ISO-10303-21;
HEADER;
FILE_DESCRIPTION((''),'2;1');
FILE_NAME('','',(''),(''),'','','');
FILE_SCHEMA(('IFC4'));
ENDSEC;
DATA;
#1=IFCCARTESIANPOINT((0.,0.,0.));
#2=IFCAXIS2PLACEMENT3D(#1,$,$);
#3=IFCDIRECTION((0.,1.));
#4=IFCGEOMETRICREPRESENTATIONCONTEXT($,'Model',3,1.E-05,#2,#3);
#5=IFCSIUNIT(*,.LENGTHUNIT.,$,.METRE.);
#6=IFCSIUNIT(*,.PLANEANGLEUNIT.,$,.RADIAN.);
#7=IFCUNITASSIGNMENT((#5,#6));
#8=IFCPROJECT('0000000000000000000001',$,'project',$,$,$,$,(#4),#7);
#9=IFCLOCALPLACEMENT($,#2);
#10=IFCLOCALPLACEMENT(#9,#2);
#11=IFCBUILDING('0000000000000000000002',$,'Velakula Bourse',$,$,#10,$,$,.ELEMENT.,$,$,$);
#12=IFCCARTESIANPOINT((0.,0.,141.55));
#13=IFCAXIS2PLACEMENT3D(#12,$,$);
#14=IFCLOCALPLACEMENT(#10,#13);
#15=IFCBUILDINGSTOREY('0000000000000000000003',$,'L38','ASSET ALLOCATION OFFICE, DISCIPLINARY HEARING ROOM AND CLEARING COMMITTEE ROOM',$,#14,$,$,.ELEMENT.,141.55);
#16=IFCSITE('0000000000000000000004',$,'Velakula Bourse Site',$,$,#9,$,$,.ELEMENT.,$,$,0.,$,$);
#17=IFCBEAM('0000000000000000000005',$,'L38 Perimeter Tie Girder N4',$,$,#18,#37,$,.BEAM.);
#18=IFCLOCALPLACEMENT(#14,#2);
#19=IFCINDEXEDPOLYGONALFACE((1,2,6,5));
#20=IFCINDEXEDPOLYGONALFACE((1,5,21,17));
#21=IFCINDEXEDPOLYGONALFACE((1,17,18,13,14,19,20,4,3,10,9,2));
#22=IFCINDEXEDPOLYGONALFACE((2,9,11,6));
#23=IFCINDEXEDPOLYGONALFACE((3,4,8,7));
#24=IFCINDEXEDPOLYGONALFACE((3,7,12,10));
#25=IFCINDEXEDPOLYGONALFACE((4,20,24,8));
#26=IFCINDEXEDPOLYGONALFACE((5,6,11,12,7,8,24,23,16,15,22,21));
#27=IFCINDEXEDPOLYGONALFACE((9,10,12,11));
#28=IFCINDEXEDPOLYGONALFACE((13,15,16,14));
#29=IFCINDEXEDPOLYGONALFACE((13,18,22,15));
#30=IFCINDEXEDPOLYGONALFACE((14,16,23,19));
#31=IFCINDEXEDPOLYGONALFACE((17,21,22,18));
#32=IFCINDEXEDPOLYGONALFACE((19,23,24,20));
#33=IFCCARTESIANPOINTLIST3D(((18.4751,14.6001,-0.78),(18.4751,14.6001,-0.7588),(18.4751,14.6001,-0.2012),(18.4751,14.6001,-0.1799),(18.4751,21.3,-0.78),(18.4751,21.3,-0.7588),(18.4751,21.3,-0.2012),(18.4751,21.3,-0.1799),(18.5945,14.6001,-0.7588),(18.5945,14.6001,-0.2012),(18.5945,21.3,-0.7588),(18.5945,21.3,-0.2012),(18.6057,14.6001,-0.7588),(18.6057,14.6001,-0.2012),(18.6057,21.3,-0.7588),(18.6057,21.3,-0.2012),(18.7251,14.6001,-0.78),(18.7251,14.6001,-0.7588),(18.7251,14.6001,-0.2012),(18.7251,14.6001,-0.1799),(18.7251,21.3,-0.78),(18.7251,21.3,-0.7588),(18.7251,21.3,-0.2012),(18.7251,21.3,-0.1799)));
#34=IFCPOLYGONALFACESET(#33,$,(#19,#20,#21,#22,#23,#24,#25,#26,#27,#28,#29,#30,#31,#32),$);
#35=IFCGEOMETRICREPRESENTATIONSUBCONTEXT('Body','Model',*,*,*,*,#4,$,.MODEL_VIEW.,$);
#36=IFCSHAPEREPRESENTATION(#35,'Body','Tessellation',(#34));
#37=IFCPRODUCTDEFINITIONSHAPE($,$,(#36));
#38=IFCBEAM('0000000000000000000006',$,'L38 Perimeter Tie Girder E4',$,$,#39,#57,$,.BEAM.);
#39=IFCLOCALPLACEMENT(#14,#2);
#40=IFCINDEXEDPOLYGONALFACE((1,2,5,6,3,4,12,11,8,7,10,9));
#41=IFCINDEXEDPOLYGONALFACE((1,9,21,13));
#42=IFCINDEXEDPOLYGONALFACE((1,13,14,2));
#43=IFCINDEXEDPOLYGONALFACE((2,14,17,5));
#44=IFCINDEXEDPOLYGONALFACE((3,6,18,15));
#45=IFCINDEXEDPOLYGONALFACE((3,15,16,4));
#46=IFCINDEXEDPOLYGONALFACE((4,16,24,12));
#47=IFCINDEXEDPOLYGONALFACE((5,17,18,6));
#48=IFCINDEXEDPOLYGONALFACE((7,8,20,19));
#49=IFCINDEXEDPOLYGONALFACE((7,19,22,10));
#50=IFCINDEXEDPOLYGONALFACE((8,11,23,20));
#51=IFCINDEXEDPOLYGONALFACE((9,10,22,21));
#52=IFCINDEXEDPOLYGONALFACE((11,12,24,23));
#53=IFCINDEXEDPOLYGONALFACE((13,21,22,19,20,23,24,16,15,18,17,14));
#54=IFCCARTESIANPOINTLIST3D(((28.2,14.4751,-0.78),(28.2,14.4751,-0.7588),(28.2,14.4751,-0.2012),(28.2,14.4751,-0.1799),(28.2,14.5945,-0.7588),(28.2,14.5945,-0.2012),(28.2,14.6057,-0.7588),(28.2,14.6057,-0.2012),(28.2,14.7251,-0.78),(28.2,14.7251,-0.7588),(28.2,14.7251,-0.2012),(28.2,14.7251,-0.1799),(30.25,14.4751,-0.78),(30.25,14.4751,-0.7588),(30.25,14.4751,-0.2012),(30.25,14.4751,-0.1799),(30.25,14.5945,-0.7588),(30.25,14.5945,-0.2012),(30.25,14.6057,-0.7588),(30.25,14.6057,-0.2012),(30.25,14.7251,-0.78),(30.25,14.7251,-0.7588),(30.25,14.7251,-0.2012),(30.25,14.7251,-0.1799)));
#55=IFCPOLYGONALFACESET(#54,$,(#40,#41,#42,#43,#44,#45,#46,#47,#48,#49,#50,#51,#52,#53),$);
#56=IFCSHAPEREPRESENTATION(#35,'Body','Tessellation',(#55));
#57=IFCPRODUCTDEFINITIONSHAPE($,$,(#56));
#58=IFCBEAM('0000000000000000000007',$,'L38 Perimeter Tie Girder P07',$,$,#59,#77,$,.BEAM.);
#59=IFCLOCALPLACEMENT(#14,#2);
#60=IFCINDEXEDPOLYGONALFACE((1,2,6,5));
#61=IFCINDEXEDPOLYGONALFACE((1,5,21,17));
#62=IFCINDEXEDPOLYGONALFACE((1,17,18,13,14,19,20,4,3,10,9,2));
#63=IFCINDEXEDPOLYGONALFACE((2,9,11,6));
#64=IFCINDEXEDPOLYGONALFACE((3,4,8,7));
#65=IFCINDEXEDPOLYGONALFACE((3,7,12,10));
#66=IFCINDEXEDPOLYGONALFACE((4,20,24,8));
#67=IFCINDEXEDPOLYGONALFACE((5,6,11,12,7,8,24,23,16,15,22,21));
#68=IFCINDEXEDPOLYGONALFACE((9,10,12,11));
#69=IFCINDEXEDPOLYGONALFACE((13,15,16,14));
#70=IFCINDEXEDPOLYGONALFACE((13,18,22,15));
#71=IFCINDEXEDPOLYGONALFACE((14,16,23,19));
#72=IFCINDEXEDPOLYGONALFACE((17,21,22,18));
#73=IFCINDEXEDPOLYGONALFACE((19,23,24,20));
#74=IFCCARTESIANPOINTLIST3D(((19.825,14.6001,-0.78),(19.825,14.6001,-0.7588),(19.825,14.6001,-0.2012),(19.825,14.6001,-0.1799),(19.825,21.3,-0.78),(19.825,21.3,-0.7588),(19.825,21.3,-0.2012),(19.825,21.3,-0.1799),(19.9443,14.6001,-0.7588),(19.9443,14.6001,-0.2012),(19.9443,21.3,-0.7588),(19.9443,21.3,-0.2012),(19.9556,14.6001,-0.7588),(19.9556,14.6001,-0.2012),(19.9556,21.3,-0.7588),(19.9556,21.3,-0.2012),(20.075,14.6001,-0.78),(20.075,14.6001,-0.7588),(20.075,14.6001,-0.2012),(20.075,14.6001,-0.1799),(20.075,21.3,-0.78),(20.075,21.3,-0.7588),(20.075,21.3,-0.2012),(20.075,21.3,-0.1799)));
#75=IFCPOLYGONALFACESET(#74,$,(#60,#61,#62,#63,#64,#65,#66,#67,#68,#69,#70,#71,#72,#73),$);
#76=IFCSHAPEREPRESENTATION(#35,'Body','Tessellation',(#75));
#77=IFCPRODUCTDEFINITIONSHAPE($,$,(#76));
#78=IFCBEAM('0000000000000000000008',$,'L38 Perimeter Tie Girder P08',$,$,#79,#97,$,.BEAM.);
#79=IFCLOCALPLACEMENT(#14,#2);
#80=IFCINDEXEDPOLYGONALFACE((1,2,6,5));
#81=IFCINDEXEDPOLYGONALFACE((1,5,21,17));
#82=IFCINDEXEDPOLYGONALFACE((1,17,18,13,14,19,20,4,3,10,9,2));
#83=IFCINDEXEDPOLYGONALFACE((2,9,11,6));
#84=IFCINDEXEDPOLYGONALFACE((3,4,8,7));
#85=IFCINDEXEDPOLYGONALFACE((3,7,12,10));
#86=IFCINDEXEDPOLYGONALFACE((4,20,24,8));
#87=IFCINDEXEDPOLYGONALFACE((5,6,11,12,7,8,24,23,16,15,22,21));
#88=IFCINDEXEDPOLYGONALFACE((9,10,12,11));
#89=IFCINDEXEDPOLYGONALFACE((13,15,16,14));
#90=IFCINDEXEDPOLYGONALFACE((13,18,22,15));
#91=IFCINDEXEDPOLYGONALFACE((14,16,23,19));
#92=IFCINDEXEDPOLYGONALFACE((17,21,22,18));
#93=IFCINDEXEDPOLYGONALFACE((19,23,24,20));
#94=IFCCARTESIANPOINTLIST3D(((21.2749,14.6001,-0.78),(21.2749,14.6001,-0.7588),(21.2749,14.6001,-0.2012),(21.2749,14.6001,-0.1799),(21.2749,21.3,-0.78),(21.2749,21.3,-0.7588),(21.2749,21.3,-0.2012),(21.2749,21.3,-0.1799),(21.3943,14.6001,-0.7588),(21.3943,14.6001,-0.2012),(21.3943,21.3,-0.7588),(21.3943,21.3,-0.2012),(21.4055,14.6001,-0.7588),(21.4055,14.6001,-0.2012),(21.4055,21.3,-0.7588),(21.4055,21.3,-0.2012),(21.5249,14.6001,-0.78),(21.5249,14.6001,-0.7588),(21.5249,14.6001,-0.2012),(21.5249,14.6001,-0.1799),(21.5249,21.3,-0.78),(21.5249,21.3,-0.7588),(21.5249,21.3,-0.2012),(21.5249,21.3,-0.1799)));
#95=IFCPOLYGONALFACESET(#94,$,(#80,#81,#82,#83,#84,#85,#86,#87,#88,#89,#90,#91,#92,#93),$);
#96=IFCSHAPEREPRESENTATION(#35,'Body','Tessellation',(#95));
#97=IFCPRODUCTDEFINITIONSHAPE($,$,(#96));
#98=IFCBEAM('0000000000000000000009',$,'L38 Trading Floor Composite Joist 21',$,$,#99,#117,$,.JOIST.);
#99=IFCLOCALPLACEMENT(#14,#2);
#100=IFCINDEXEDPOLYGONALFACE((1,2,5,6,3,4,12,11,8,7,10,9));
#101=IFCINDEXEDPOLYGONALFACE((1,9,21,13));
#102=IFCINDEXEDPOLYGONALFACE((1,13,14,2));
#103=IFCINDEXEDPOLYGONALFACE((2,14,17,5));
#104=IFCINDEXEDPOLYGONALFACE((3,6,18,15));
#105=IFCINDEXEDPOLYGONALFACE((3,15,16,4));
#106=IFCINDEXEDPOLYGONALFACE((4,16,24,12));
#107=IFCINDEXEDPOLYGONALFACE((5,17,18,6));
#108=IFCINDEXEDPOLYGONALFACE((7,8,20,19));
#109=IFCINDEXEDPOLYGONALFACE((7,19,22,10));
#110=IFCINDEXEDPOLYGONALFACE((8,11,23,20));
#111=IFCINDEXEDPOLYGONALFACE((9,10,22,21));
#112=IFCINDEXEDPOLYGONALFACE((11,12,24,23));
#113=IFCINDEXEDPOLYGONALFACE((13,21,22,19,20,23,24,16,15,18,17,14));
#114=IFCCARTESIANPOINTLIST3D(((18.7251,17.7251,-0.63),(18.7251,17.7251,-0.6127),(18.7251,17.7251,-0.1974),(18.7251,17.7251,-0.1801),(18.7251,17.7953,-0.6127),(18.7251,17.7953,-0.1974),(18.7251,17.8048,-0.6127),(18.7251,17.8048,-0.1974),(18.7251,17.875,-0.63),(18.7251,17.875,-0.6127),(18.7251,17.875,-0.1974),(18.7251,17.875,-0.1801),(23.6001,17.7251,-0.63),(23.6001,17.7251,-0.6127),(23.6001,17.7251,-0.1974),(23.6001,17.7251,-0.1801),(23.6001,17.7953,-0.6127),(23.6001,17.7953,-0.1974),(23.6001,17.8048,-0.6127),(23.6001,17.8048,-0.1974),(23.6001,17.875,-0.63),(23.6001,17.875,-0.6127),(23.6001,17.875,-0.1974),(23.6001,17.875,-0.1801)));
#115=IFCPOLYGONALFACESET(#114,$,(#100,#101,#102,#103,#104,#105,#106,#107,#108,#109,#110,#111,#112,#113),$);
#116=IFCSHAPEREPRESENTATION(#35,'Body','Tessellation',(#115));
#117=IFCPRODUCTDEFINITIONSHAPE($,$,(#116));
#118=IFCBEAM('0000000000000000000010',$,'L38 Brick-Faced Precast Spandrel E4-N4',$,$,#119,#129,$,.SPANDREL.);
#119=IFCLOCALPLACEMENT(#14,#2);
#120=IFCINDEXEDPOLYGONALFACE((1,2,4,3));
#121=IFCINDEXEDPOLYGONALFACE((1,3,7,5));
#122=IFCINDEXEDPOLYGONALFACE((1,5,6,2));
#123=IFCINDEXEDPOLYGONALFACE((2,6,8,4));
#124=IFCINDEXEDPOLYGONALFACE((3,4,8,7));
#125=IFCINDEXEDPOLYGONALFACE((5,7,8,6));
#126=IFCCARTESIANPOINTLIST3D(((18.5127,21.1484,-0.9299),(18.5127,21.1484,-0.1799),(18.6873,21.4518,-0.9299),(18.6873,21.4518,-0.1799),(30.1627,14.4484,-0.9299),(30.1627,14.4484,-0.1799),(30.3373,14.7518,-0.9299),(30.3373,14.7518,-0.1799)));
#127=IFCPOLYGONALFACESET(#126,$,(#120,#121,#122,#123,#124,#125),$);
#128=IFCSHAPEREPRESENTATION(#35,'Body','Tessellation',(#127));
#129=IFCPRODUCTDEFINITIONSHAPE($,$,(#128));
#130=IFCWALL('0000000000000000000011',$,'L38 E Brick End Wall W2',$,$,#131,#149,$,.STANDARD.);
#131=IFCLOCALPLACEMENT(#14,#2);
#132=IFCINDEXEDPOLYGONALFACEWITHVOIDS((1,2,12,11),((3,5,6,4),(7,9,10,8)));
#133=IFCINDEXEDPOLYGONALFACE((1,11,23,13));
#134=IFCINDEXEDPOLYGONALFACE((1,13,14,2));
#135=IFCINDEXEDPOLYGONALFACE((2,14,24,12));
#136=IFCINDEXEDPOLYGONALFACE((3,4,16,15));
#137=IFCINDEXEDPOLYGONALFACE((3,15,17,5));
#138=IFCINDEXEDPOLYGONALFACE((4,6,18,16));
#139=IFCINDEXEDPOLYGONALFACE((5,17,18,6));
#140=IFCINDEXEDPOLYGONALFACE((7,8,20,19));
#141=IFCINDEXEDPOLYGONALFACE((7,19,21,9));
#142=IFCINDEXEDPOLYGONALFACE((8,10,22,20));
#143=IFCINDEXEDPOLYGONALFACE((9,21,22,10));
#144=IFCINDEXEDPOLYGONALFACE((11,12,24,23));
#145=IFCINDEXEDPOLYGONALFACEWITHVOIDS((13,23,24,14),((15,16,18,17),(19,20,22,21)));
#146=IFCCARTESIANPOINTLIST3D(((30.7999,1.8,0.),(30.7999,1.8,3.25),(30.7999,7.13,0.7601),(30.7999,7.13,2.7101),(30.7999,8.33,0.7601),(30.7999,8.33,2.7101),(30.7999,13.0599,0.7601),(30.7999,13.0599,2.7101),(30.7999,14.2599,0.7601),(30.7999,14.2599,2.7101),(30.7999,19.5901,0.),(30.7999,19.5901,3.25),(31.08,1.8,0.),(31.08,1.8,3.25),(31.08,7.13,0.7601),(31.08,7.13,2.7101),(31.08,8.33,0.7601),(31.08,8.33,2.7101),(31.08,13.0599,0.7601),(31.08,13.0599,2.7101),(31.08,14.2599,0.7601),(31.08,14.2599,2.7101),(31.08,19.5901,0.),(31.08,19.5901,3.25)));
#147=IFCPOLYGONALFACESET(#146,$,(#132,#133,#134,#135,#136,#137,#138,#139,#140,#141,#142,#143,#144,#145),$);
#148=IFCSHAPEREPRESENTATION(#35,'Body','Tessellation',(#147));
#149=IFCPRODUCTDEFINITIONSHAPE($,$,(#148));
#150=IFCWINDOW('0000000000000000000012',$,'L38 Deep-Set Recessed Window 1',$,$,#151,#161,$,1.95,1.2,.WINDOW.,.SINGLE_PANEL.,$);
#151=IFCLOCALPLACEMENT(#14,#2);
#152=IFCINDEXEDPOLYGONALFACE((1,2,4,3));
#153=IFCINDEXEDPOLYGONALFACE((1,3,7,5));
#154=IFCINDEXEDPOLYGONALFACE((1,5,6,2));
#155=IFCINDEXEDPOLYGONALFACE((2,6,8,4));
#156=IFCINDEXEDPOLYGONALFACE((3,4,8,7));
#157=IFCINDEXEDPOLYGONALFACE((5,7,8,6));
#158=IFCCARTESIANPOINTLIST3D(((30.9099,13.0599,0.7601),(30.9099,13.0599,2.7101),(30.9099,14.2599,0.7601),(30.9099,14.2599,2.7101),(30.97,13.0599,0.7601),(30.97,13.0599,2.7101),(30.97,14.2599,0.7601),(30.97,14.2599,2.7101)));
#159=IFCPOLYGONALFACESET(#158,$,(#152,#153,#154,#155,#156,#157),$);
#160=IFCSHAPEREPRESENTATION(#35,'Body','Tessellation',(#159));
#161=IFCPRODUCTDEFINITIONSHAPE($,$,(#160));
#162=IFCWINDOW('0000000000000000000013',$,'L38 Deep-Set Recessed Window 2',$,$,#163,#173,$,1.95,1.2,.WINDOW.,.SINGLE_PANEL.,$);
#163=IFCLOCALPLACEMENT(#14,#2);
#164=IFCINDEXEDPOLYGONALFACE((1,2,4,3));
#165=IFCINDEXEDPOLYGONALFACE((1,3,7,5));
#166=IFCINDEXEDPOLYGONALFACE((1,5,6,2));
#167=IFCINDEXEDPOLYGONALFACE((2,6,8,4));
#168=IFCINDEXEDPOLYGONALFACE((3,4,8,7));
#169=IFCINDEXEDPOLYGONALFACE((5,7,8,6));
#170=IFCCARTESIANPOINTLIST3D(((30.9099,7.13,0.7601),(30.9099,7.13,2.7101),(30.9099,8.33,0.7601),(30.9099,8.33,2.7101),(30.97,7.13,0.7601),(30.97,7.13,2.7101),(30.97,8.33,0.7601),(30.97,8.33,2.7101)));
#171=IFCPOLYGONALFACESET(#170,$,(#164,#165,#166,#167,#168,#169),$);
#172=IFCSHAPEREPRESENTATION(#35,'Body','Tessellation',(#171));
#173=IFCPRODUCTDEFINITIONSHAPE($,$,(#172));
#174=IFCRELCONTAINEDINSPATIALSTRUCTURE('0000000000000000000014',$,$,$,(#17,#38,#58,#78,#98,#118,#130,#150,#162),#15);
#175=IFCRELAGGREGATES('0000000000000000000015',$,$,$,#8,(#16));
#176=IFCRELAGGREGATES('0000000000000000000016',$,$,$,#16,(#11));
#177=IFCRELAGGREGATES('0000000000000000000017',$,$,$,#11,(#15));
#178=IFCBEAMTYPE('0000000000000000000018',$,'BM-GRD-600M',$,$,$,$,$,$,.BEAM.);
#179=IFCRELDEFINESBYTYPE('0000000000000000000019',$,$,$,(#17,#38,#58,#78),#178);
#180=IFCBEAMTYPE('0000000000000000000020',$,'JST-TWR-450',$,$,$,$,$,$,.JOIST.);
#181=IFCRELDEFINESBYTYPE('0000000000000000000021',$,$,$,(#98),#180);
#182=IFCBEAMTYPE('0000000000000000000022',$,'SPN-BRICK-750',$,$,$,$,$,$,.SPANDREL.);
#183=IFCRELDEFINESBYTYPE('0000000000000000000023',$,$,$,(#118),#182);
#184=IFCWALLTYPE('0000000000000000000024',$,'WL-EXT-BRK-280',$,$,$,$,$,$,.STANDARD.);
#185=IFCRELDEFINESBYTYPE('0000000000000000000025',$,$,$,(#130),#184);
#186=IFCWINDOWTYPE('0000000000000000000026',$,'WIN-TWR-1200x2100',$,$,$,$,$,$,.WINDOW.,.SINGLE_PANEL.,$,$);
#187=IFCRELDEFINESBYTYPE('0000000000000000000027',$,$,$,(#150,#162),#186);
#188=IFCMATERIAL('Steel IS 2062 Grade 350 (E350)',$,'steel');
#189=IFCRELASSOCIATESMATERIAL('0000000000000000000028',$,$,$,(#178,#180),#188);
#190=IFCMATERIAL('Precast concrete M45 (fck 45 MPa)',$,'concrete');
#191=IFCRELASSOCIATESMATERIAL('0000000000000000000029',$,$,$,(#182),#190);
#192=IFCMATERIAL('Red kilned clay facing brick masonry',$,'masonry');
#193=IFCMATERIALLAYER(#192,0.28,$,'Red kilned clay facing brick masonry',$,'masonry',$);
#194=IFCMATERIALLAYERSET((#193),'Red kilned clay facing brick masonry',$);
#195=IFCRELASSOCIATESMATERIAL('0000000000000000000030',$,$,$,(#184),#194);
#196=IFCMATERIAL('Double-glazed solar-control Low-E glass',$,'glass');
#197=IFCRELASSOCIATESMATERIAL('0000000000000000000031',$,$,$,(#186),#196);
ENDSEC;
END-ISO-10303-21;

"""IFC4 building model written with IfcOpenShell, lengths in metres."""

from ifc_helpers import new_model, si_unit, direction, frame, frame_2d, origin, origin_2d, place, context, subcontext, project, spatial, rectangle, i_section, extrude, material, layer, layer_set, material_profile, profile_set, type_object, element, fill, save


model = new_model("IFC4")

# Units and contexts
model_context = context("Model", 3, precision=1e-05, world=origin(), true_north=direction((0.0, 1.0)))
body_context = subcontext(model_context, "Body", "Model", "MODEL_VIEW")
ifc_project = project(units=[si_unit("LENGTHUNIT", "METRE"), si_unit("PLANEANGLEUNIT", "RADIAN")], contexts=[model_context])

# Site, building, storey
site_placement = place(None, origin())
site = spatial("IfcSite", under=ifc_project, at=site_placement, Name="Velakula Bourse Site", CompositionType="ELEMENT", RefElevation=0.0)
building_placement = place(site_placement, origin())
building = spatial("IfcBuilding", under=site, at=building_placement, Name="Velakula Bourse", CompositionType="ELEMENT")
storey_placement = place(building_placement, frame((0.0, 0.0, 141.55)))
storey = spatial("IfcBuildingStorey", under=building, at=storey_placement, Name="L38", Description="ASSET ALLOCATION OFFICE, DISCIPLINARY HEARING ROOM AND CLEARING COMMITTEE ROOM", CompositionType="ELEMENT", Elevation=141.55)

# Shared definitions
ifc_material_1 = material(Name="Steel IS 2062 Grade 350 (E350)", Category="steel")
ifc_material_2 = material(Name="Precast concrete M45 (fck 45 MPa)", Category="concrete")

# Beams
ifc_material_profile_1 = material_profile(ifc_material_1, i_section(OverallWidth=0.25, OverallDepth=0.6001, WebThickness=0.0112, FlangeThickness=0.0212, at=origin_2d()), Name="Steel IS 2062 Grade 350 (E350)")
ifc_profile_set_1 = profile_set([ifc_material_profile_1], Name="Steel IS 2062 Grade 350 (E350)")
beam_type_1 = type_object("IfcBeamType", Name="BM-GRD-600M", PredefinedType="BEAM", material=ifc_profile_set_1)
beam_1_placement = place(storey_placement, frame((18.6001, 14.6001, -0.48), z_axis=(0.0, 1.0, 0.0), x_axis=(-1.0, 0.0, 0.0)))
element("IfcBeam", 1, at=beam_1_placement, inside=storey, type_object=beam_type_1, Name="L38 Perimeter Tie Girder N4", PredefinedType="BEAM", context=body_context, shape_type="SweptSolid", body=[
    extrude(i_section(OverallWidth=0.25, OverallDepth=0.6001, WebThickness=0.0112, FlangeThickness=0.0212, at=origin_2d()), origin(), (0.0, 0.0, 1.0), 6.7),
])
beam_2_placement = place(storey_placement, frame((28.2, 14.6001, -0.48), z_axis=(1.0, 0.0, 0.0), x_axis=(0.0, 1.0, 0.0)))
element("IfcBeam", 2, at=beam_2_placement, inside=storey, type_object=beam_type_1, Name="L38 Perimeter Tie Girder E4", PredefinedType="BEAM", context=body_context, shape_type="SweptSolid", body=[
    extrude(i_section(OverallWidth=0.25, OverallDepth=0.6001, WebThickness=0.0112, FlangeThickness=0.0212, at=origin_2d()), origin(), (0.0, 0.0, 1.0), 2.05),
])
for number, where, z_axis, x_axis, name in (
    (3, (19.95, 14.6001, -0.48), (0.0, 1.0, 0.0), (-1.0, 0.0, 0.0), "L38 Perimeter Tie Girder P07"),
    (4, (21.3999, 14.6001, -0.48), (0.0, 1.0, 0.0), (-1.0, 0.0, 0.0), "L38 Perimeter Tie Girder P08"),
):
    element("IfcBeam", number, at=place(storey_placement, frame(where, z_axis=z_axis, x_axis=x_axis)), inside=storey, type_object=beam_type_1, Name=name, PredefinedType="BEAM", context=body_context, shape_type="SweptSolid", body=[
        extrude(i_section(OverallWidth=0.25, OverallDepth=0.6001, WebThickness=0.0112, FlangeThickness=0.0212, at=origin_2d()), origin(), (0.0, 0.0, 1.0), 6.7),
    ])
ifc_material_profile_2 = material_profile(ifc_material_1, i_section(OverallWidth=0.1499, OverallDepth=0.45, WebThickness=0.0095, FlangeThickness=0.0173, at=origin_2d()), Name="Steel IS 2062 Grade 350 (E350)")
ifc_profile_set_2 = profile_set([ifc_material_profile_2], Name="Steel IS 2062 Grade 350 (E350)")
beam_type_2 = type_object("IfcBeamType", Name="JST-TWR-450", PredefinedType="JOIST", material=ifc_profile_set_2)
beam_3_placement = place(storey_placement, frame((18.7251, 17.8, -0.405), z_axis=(1.0, 0.0, 0.0), x_axis=(0.0, 1.0, 0.0)))
element("IfcBeam", 5, at=beam_3_placement, inside=storey, type_object=beam_type_2, Name="L38 Trading Floor Composite Joist 21", PredefinedType="JOIST", context=body_context, shape_type="SweptSolid", body=[
    extrude(i_section(OverallWidth=0.1499, OverallDepth=0.45, WebThickness=0.0095, FlangeThickness=0.0173, at=origin_2d()), origin(), (0.0, 0.0, 1.0), 4.875),
])
ifc_material_profile_3 = material_profile(ifc_material_2, rectangle(XDim=0.3501, YDim=0.75, at=origin_2d()), Name="Precast concrete M45 (fck 45 MPa)")
ifc_profile_set_3 = profile_set([ifc_material_profile_3], Name="Precast concrete M45 (fck 45 MPa)")
beam_type_3 = type_object("IfcBeamType", Name="SPN-BRICK-750", PredefinedType="SPANDREL", material=ifc_profile_set_3)
beam_4_placement = place(storey_placement, frame((30.25, 14.6001, -0.5549), z_axis=(-0.866866, 0.498541, 0.0), x_axis=(-0.498541, -0.866866, 0.0)))
element("IfcBeam", 6, at=beam_4_placement, inside=storey, type_object=beam_type_3, Name="L38 Brick-Faced Precast Spandrel E4-N4", PredefinedType="SPANDREL", context=body_context, shape_type="SweptSolid", body=[
    extrude(rectangle(XDim=0.3501, YDim=0.75, at=origin_2d()), origin(), (0.0, 0.0, 1.0), 13.4392),
])

# Wall, openings, windows
ifc_material_3 = material(Name="Red kilned clay facing brick masonry", Category="masonry")
ifc_layer = layer(ifc_material_3, 0.28, Name="Red kilned clay facing brick masonry", Category="masonry")
ifc_layer_set = layer_set([ifc_layer], Name="Red kilned clay facing brick masonry")
wall_type = type_object("IfcWallType", Name="WL-EXT-BRK-280", PredefinedType="STANDARD", material=ifc_layer_set)
wall_placement = place(storey_placement, frame((30.9399, 19.5901, 0.0), z_axis=(0.0, 0.0, 1.0), x_axis=(0.0, -1.0, 0.0)))
wall = element("IfcWall", 7, at=wall_placement, inside=storey, type_object=wall_type, Name="L38 E Brick End Wall W2", PredefinedType="STANDARD", context=body_context, shape_type="SweptSolid", body=[
    extrude(rectangle(XDim=17.79, YDim=0.28, at=frame_2d((8.895, 0.0))), origin(), (0.0, 0.0, 1.0), 3.25),
])
opening_1_placement = place(wall_placement, frame((5.3301, 0.0, 0.76)))
opening_1 = element("IfcOpeningElement", 8, at=opening_1_placement, cuts=wall, PredefinedType="OPENING", context=body_context, shape_type="SweptSolid", body=[
    extrude(rectangle(XDim=1.2, YDim=1.95, at=frame_2d((0.6001, 0.9751))), frame((0.0, 0.1499, 0.0), z_axis=(0.0, -1.0, 0.0), x_axis=(1.0, 0.0, 0.0)), (0.0, 0.0, 1.0), 0.3),
])
opening_2_placement = place(wall_placement, frame((11.26, 0.0, 0.76)))
opening_2 = element("IfcOpeningElement", 9, at=opening_2_placement, cuts=wall, PredefinedType="OPENING", context=body_context, shape_type="SweptSolid", body=[
    extrude(rectangle(XDim=1.2, YDim=1.95, at=frame_2d((0.6001, 0.9751))), frame((0.0, 0.1499, 0.0), z_axis=(0.0, -1.0, 0.0), x_axis=(1.0, 0.0, 0.0)), (0.0, 0.0, 1.0), 0.3),
])
ifc_material_4 = material(Name="Double-glazed solar-control Low-E glass", Category="glass")
window_type = type_object("IfcWindowType", Name="WIN-TWR-1200x2100", PartitioningType="SINGLE_PANEL", PredefinedType="WINDOW", material=ifc_material_4)
window_1_placement = place(opening_1_placement, origin())
window_1 = element("IfcWindow", 10, at=window_1_placement, inside=storey, type_object=window_type, Name="L38 Deep-Set Recessed Window 1", OverallHeight=1.95, OverallWidth=1.2, PartitioningType="SINGLE_PANEL", PredefinedType="WINDOW", context=body_context, shape_type="SweptSolid", body=[
    extrude(rectangle(XDim=1.2, YDim=1.95, at=frame_2d((0.6001, 0.9751))), frame((0.0, 0.03, 0.0), z_axis=(0.0, -1.0, 0.0), x_axis=(1.0, 0.0, 0.0)), (0.0, 0.0, 1.0), 0.0601),
])
fill(opening_1, window_1)
window_2_placement = place(opening_2_placement, origin())
window_2 = element("IfcWindow", 11, at=window_2_placement, inside=storey, type_object=window_type, Name="L38 Deep-Set Recessed Window 2", OverallHeight=1.95, OverallWidth=1.2, PartitioningType="SINGLE_PANEL", PredefinedType="WINDOW", context=body_context, shape_type="SweptSolid", body=[
    extrude(rectangle(XDim=1.2, YDim=1.95, at=frame_2d((0.6001, 0.9751))), frame((0.0, 0.03, 0.0), z_axis=(0.0, -1.0, 0.0), x_axis=(1.0, 0.0, 0.0)), (0.0, 0.0, 1.0), 0.0601),
])
fill(opening_2, window_2)

save(model, "model.ifc")
